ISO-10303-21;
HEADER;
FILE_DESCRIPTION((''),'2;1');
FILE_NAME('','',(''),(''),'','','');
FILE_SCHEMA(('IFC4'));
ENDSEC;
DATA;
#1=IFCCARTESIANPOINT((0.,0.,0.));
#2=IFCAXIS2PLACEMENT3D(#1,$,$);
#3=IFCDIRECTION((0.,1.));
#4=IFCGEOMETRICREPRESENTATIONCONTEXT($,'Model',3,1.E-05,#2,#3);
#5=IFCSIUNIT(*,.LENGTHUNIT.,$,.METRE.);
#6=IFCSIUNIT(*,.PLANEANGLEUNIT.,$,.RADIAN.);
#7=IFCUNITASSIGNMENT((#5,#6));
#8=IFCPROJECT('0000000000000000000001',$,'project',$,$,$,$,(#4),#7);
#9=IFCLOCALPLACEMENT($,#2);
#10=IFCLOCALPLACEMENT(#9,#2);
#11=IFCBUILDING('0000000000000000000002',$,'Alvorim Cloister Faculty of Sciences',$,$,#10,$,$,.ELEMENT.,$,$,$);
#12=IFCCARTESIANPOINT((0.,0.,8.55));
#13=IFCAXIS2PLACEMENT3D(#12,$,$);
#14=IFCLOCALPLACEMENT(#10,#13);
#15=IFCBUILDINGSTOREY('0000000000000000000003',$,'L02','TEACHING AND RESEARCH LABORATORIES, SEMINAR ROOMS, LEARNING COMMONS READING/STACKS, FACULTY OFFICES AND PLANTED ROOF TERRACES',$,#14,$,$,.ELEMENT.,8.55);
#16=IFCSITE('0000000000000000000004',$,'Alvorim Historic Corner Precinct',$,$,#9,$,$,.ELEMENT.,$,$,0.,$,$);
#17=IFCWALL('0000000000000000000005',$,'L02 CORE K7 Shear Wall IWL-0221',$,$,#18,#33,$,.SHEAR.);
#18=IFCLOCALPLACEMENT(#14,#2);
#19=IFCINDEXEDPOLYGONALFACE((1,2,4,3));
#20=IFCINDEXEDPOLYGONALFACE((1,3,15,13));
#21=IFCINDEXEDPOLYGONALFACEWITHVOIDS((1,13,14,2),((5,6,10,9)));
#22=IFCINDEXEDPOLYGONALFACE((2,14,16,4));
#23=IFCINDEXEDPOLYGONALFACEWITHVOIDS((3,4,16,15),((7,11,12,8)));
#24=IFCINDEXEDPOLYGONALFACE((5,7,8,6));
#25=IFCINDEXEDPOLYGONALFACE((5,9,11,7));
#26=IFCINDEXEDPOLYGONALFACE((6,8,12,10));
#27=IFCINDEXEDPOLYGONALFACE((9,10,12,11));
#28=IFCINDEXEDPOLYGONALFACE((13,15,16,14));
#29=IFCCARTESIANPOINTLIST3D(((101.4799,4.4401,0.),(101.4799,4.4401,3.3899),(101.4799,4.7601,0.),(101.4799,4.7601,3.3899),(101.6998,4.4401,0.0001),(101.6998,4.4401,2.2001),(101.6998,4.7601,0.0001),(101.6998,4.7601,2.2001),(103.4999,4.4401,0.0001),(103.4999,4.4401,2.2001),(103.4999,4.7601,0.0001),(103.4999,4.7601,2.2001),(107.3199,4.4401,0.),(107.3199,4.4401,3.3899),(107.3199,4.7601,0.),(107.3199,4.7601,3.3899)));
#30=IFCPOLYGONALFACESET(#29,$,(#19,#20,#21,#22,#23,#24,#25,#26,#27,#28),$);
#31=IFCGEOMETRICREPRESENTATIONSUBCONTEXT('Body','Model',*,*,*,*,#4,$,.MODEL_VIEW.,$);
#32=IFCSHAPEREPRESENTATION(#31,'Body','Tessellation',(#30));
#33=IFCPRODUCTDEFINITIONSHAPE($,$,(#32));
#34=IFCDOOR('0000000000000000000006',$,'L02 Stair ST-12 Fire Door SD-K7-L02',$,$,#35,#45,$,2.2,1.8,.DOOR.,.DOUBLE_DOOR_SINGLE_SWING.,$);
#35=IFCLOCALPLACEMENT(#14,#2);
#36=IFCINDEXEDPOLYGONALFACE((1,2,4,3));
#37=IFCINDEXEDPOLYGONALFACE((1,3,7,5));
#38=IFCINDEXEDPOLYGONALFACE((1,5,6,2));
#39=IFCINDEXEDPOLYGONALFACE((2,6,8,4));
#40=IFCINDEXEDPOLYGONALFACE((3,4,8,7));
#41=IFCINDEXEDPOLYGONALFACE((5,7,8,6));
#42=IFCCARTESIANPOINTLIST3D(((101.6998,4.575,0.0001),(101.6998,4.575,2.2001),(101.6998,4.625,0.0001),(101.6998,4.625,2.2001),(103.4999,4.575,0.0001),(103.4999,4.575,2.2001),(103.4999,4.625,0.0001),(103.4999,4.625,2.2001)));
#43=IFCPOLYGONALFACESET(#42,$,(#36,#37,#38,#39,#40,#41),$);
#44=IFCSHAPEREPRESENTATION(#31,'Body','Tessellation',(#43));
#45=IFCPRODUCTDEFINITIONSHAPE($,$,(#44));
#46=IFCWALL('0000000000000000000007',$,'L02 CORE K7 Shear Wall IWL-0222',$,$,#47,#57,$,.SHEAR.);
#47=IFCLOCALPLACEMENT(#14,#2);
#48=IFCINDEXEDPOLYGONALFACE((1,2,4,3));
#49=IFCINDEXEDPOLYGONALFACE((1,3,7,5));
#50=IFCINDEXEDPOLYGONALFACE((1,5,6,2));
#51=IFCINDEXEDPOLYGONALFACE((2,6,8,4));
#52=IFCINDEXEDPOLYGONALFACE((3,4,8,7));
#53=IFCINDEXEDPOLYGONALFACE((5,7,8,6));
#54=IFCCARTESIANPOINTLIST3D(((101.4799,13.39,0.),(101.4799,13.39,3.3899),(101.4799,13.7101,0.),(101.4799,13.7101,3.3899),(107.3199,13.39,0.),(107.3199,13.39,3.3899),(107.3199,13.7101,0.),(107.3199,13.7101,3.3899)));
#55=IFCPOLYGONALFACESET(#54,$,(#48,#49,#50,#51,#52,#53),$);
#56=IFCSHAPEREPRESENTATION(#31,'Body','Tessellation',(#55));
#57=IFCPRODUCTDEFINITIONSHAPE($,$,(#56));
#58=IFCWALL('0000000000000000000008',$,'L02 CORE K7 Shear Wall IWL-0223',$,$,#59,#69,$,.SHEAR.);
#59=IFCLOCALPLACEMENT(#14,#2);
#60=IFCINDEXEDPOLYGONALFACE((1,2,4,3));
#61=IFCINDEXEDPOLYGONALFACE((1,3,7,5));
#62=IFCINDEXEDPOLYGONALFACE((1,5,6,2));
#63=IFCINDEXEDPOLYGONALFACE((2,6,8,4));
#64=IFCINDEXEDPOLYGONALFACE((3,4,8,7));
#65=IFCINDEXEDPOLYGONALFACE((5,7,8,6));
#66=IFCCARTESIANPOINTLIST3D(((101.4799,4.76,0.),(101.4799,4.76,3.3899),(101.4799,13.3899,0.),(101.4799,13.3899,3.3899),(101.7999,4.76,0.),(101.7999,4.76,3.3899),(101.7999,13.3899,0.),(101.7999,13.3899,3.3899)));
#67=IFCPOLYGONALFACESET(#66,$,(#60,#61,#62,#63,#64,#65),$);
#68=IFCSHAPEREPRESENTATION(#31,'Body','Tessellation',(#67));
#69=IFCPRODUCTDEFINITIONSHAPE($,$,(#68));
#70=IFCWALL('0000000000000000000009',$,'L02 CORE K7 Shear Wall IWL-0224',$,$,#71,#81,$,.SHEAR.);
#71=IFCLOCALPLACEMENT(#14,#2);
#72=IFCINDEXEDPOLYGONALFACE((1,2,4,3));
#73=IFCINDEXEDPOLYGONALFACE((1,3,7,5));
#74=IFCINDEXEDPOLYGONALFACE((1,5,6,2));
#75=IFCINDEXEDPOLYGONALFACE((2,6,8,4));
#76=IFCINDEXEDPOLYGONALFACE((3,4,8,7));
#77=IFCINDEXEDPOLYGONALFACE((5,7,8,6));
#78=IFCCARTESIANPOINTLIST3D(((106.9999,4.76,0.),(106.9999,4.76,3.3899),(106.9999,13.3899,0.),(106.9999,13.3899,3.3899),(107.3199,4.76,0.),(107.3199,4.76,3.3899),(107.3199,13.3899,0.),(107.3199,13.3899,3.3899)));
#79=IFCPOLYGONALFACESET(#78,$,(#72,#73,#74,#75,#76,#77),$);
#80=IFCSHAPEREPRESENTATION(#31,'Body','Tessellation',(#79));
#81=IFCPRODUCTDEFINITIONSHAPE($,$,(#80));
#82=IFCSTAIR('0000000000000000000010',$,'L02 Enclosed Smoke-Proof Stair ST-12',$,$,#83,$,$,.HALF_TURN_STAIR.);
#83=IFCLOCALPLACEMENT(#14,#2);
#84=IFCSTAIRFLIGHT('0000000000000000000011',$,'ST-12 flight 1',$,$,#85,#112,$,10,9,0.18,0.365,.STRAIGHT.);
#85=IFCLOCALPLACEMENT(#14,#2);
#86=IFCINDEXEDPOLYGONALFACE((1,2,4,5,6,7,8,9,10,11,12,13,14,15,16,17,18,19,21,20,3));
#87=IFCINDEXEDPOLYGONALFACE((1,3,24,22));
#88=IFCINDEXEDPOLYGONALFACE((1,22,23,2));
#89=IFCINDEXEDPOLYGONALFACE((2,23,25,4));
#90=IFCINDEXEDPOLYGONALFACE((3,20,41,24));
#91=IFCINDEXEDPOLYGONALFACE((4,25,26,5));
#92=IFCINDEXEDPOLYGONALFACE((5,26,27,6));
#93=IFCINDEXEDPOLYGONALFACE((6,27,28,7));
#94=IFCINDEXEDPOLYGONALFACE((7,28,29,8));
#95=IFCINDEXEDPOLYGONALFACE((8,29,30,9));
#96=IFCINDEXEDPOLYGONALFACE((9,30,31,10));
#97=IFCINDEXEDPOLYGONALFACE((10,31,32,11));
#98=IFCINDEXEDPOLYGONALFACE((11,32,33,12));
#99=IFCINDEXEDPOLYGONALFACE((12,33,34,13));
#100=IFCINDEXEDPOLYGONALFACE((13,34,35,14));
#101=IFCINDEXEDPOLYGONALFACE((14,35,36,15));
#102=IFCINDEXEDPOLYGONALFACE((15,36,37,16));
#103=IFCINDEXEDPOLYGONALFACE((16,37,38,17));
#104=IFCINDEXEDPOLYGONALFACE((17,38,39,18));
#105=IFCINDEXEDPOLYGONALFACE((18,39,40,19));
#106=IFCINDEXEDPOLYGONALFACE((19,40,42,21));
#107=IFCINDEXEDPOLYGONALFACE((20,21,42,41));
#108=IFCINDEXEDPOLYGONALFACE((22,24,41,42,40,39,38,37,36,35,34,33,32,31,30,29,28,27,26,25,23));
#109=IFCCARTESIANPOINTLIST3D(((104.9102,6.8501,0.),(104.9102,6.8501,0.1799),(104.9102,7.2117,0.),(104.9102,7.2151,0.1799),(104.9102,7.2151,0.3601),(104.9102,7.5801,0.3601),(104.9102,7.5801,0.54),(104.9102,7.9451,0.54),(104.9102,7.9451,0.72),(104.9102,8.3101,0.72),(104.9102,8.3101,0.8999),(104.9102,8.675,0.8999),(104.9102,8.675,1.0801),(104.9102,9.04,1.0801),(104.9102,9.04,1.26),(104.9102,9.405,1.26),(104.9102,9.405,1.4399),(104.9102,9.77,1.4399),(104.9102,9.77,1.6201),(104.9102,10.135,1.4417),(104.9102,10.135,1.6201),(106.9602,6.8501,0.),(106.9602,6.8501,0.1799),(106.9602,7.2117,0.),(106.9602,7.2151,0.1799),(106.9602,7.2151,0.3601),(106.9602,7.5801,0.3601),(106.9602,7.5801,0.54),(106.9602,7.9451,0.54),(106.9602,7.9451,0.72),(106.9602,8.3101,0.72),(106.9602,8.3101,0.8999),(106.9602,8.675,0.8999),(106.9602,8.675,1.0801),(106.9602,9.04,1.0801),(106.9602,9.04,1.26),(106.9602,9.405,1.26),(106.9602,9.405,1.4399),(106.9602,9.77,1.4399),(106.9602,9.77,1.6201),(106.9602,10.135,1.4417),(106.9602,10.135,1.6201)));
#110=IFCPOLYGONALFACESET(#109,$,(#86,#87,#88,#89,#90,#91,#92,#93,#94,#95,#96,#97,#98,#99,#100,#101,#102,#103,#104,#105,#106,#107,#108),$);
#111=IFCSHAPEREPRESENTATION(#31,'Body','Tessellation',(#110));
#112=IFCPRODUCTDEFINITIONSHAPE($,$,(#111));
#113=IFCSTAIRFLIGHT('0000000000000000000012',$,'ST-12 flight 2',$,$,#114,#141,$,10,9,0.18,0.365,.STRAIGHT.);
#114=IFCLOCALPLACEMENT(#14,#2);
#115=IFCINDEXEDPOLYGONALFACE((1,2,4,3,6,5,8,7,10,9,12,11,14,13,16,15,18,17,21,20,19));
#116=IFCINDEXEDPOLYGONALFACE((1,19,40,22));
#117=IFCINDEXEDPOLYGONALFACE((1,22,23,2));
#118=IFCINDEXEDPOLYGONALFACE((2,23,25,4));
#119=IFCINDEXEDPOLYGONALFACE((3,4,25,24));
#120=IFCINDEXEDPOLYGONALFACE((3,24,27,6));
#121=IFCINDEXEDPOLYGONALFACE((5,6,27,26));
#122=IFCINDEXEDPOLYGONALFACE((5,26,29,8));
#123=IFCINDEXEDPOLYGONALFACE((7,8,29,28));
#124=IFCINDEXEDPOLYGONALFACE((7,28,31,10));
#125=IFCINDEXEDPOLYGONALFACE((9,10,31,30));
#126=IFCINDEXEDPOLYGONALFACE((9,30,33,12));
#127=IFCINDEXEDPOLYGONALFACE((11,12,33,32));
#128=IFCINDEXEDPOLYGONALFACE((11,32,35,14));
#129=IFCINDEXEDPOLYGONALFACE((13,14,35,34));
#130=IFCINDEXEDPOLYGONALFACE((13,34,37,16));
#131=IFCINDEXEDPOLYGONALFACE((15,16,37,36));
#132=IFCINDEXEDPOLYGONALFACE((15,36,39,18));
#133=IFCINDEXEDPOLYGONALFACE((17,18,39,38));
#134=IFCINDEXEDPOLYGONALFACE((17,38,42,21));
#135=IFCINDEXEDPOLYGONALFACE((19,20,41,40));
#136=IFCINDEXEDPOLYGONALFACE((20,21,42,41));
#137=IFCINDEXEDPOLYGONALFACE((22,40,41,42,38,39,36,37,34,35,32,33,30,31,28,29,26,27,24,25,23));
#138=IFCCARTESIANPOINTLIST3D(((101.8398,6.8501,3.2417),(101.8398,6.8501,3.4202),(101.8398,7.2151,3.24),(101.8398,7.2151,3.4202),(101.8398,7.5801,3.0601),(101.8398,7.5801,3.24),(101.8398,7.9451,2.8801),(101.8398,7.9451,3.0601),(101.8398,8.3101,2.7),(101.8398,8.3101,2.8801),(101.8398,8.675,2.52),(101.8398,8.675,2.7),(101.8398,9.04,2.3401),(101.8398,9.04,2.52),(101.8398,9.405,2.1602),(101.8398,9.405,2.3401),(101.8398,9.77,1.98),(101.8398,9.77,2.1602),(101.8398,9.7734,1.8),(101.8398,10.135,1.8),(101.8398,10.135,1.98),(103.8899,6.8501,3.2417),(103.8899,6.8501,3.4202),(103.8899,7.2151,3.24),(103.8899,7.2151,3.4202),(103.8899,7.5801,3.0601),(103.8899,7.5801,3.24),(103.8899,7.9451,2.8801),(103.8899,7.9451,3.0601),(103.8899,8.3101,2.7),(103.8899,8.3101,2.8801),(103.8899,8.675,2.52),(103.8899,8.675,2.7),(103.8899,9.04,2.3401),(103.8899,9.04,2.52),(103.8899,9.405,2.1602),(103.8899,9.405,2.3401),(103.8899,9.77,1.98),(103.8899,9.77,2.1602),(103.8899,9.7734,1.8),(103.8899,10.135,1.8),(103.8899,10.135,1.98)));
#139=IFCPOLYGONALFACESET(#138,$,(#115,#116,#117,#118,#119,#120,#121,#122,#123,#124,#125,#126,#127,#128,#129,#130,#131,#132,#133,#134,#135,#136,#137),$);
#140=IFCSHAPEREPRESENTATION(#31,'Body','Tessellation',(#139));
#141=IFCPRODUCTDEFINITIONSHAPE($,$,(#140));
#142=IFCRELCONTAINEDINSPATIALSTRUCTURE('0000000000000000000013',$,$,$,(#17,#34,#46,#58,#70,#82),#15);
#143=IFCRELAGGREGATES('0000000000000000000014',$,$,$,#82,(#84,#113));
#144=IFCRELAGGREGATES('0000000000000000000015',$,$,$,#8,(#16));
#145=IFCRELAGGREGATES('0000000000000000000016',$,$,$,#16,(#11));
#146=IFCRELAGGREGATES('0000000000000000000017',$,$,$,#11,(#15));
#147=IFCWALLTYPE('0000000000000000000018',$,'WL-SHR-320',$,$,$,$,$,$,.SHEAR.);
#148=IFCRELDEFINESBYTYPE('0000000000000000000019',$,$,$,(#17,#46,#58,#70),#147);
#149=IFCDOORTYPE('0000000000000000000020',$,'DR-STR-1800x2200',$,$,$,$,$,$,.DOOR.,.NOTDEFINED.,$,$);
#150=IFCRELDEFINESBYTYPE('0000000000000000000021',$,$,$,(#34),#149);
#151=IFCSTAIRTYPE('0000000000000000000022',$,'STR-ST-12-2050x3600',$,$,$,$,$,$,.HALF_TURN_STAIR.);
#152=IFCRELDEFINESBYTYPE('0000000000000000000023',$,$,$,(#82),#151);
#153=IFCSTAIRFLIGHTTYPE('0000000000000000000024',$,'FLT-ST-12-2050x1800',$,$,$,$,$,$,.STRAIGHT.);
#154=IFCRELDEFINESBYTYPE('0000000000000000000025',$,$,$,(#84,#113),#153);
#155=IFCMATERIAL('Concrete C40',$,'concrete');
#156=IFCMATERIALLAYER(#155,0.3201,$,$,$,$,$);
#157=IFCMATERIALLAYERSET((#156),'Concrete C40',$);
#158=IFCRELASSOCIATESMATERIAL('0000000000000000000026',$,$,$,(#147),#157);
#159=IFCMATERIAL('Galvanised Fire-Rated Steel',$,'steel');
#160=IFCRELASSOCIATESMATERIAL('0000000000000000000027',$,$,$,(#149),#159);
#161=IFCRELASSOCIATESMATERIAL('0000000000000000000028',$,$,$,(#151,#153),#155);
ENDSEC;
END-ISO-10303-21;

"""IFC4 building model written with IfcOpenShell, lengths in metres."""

from ifc_helpers import new_model, si_unit, direction, frame, frame_2d, origin, place, context, subcontext, project, spatial, polyline, rectangle, outline, extrude, material, layer, layer_set, type_object, element, fill, aggregate, save


model = new_model("IFC4")

# Units and contexts
model_context = context("Model", 3, precision=1e-05, world=origin(), true_north=direction((0.0, 1.0)))
body_context = subcontext(model_context, "Body", "Model", "MODEL_VIEW")
ifc_project = project(units=[si_unit("LENGTHUNIT", "METRE"), si_unit("PLANEANGLEUNIT", "RADIAN")], contexts=[model_context])

# Site, building, storey
site_placement = place(None, origin())
site = spatial("IfcSite", under=ifc_project, at=site_placement, Name="Alvorim Historic Corner Precinct", CompositionType="ELEMENT", RefElevation=0.0)
building_placement = place(site_placement, origin())
building = spatial("IfcBuilding", under=site, at=building_placement, Name="Alvorim Cloister Faculty of Sciences", CompositionType="ELEMENT")
storey_placement = place(building_placement, frame((0.0, 0.0, 8.55)))
storey = spatial("IfcBuildingStorey", under=building, at=storey_placement, Name="L02", Description="TEACHING AND RESEARCH LABORATORIES, SEMINAR ROOMS, LEARNING COMMONS READING/STACKS, FACULTY OFFICES AND PLANTED ROOF TERRACES", CompositionType="ELEMENT", Elevation=8.55)

# Wall, opening, door
ifc_material_1 = material(Name="Concrete C40", Category="concrete")
ifc_layer_1 = layer(ifc_material_1, 0.3201)
ifc_layer_set_1 = layer_set([ifc_layer_1], Name="Concrete C40")
wall_type_1 = type_object("IfcWallType", Name="WL-SHR-320", PredefinedType="SHEAR", material=ifc_layer_set_1)
wall_1_placement = place(storey_placement, frame((101.48, 4.6001, 0.0), z_axis=(0.0, 0.0, 1.0), x_axis=(1.0, 0.0, 0.0)))
wall_1 = element("IfcWall", 1, at=wall_1_placement, inside=storey, type_object=wall_type_1, Name="L02 CORE K7 Shear Wall IWL-0221", PredefinedType="SHEAR", context=body_context, shape_type="SweptSolid", body=[
    extrude(rectangle(XDim=5.8401, YDim=0.3201, at=frame_2d((2.9199, 0.0))), origin(), (0.0, 0.0, 1.0), 3.3899),
])
opening_1_placement = place(wall_1_placement, frame((0.22, 0.0, 0.0)))
opening_1 = element("IfcOpeningElement", 2, at=opening_1_placement, cuts=wall_1, PredefinedType="OPENING", context=body_context, shape_type="SweptSolid", body=[
    extrude(rectangle(XDim=1.8, YDim=2.2, at=frame_2d((0.8999, 1.1001))), frame((0.0, 0.1719, 0.0), z_axis=(0.0, -1.0, 0.0), x_axis=(1.0, 0.0, 0.0)), (0.0, 0.0, 1.0), 0.344),
])
ifc_material_2 = material(Name="Galvanised Fire-Rated Steel", Category="steel")
door_type_1 = type_object("IfcDoorType", Name="DR-STR-1800x2200", OperationType="NOTDEFINED", PredefinedType="DOOR", material=ifc_material_2)
door_1_placement = place(opening_1_placement, origin())
door_1 = element("IfcDoor", 3, at=door_1_placement, inside=storey, type_object=door_type_1, Name="L02 Stair ST-12 Fire Door SD-K7-L02", OperationType="DOUBLE_DOOR_SINGLE_SWING", OverallHeight=2.2, OverallWidth=1.8, PredefinedType="DOOR", context=body_context, shape_type="SweptSolid", body=[
    extrude(rectangle(XDim=1.8, YDim=2.2, at=frame_2d((0.8999, 1.1001))), frame((0.0, 0.0249, 0.0), z_axis=(0.0, -1.0, 0.0), x_axis=(1.0, 0.0, 0.0)), (0.0, 0.0, 1.0), 0.05),
])
fill(opening_1, door_1)

# Walls
wall_2_placement = place(storey_placement, frame((101.48, 13.55, 0.0), z_axis=(0.0, 0.0, 1.0), x_axis=(1.0, 0.0, 0.0)))
element("IfcWall", 4, at=wall_2_placement, inside=storey, type_object=wall_type_1, Name="L02 CORE K7 Shear Wall IWL-0222", PredefinedType="SHEAR", context=body_context, shape_type="SweptSolid", body=[
    extrude(rectangle(XDim=5.8401, YDim=0.3201, at=frame_2d((2.9199, 0.0))), origin(), (0.0, 0.0, 1.0), 3.3899),
])
for number, where, z_axis, x_axis, name in (
    (5, (101.6399, 4.76, 0.0), (0.0, 0.0, 1.0), (0.0, 1.0, 0.0), "L02 CORE K7 Shear Wall IWL-0223"),
    (6, (107.1599, 4.76, 0.0), (0.0, 0.0, 1.0), (0.0, 1.0, 0.0), "L02 CORE K7 Shear Wall IWL-0224"),
):
    element("IfcWall", number, at=place(storey_placement, frame(where, z_axis=z_axis, x_axis=x_axis)), inside=storey, type_object=wall_type_1, Name=name, PredefinedType="SHEAR", context=body_context, shape_type="SweptSolid", body=[
        extrude(rectangle(XDim=8.6299, YDim=0.3201, at=frame_2d((4.3149, 0.0))), origin(), (0.0, 0.0, 1.0), 3.3899),
    ])

# Stair, stair flights
stair_type = type_object("IfcStairType", Name="STR-ST-12-2050x3600", PredefinedType="HALF_TURN_STAIR", material=ifc_material_1)
stair_placement = place(storey_placement, origin())
stair = element("IfcStair", 7, at=stair_placement, inside=storey, type_object=stair_type, Name="L02 Enclosed Smoke-Proof Stair ST-12", PredefinedType="HALF_TURN_STAIR")
stair_flight_type = type_object("IfcStairFlightType", Name="FLT-ST-12-2050x1800", PredefinedType="STRAIGHT", material=ifc_material_1)
stair_flight_1_placement = place(storey_placement, frame((105.9351, 6.8501, 0.0), z_axis=(0.0, 0.0, 1.0), x_axis=(0.0, 1.0, 0.0)))
stair_flight_1 = element("IfcStairFlight", 8, at=stair_flight_1_placement, type_object=stair_flight_type, Name="ST-12 flight 1", NumberOfRisers=10, NumberOfTreads=9, PredefinedType="STRAIGHT", RiserHeight=0.18, TreadLength=0.365, context=body_context, shape_type="SweptSolid", body=[
    extrude(outline(polyline([(0.3616, 0.0), (3.2849, 1.4417), (3.2849, 1.8), (3.2849, 1.6201), (2.9199, 1.6201), (2.9199, 1.4399), (2.5549, 1.4399), (2.5549, 1.26), (2.1899, 1.26), (2.1899, 1.0801), (1.825, 1.0801), (1.825, 0.8999), (1.46, 0.8999), (1.46, 0.72), (1.095, 0.72), (1.095, 0.54), (0.73, 0.54), (0.73, 0.3601), (0.365, 0.3601), (0.365, 0.1799), (0.0, 0.1799), (0.0, 0.0), (0.3616, 0.0)])), frame((0.0, 1.0249, 0.0), z_axis=(0.0, -1.0, 0.0), x_axis=(1.0, 0.0, 0.0)), (0.0, 0.0, 1.0), 2.05),
])
stair_flight_2_placement = place(storey_placement, frame((102.865, 10.135, 1.8), z_axis=(0.0, 0.0, 1.0), x_axis=(0.0, -1.0, 0.0)))
stair_flight_2 = element("IfcStairFlight", 9, at=stair_flight_2_placement, type_object=stair_flight_type, Name="ST-12 flight 2", NumberOfRisers=10, NumberOfTreads=9, PredefinedType="STRAIGHT", RiserHeight=0.18, TreadLength=0.365, context=body_context, shape_type="SweptSolid", body=[
    extrude(outline(polyline([(0.3616, 0.0), (3.2849, 1.4417), (3.2849, 1.8), (3.2849, 1.6201), (2.9199, 1.6201), (2.9199, 1.4399), (2.5549, 1.4399), (2.5549, 1.26), (2.1899, 1.26), (2.1899, 1.0801), (1.825, 1.0801), (1.825, 0.8999), (1.46, 0.8999), (1.46, 0.72), (1.095, 0.72), (1.095, 0.54), (0.73, 0.54), (0.73, 0.3601), (0.365, 0.3601), (0.365, 0.1799), (0.0, 0.1799), (0.0, 0.0), (0.3616, 0.0)])), frame((0.0, 1.0249, 0.0), z_axis=(0.0, -1.0, 0.0), x_axis=(1.0, 0.0, 0.0)), (0.0, 0.0, 1.0), 2.05),
])
aggregate(stair, [stair_flight_1, stair_flight_2])

save(model, "model.ifc")
